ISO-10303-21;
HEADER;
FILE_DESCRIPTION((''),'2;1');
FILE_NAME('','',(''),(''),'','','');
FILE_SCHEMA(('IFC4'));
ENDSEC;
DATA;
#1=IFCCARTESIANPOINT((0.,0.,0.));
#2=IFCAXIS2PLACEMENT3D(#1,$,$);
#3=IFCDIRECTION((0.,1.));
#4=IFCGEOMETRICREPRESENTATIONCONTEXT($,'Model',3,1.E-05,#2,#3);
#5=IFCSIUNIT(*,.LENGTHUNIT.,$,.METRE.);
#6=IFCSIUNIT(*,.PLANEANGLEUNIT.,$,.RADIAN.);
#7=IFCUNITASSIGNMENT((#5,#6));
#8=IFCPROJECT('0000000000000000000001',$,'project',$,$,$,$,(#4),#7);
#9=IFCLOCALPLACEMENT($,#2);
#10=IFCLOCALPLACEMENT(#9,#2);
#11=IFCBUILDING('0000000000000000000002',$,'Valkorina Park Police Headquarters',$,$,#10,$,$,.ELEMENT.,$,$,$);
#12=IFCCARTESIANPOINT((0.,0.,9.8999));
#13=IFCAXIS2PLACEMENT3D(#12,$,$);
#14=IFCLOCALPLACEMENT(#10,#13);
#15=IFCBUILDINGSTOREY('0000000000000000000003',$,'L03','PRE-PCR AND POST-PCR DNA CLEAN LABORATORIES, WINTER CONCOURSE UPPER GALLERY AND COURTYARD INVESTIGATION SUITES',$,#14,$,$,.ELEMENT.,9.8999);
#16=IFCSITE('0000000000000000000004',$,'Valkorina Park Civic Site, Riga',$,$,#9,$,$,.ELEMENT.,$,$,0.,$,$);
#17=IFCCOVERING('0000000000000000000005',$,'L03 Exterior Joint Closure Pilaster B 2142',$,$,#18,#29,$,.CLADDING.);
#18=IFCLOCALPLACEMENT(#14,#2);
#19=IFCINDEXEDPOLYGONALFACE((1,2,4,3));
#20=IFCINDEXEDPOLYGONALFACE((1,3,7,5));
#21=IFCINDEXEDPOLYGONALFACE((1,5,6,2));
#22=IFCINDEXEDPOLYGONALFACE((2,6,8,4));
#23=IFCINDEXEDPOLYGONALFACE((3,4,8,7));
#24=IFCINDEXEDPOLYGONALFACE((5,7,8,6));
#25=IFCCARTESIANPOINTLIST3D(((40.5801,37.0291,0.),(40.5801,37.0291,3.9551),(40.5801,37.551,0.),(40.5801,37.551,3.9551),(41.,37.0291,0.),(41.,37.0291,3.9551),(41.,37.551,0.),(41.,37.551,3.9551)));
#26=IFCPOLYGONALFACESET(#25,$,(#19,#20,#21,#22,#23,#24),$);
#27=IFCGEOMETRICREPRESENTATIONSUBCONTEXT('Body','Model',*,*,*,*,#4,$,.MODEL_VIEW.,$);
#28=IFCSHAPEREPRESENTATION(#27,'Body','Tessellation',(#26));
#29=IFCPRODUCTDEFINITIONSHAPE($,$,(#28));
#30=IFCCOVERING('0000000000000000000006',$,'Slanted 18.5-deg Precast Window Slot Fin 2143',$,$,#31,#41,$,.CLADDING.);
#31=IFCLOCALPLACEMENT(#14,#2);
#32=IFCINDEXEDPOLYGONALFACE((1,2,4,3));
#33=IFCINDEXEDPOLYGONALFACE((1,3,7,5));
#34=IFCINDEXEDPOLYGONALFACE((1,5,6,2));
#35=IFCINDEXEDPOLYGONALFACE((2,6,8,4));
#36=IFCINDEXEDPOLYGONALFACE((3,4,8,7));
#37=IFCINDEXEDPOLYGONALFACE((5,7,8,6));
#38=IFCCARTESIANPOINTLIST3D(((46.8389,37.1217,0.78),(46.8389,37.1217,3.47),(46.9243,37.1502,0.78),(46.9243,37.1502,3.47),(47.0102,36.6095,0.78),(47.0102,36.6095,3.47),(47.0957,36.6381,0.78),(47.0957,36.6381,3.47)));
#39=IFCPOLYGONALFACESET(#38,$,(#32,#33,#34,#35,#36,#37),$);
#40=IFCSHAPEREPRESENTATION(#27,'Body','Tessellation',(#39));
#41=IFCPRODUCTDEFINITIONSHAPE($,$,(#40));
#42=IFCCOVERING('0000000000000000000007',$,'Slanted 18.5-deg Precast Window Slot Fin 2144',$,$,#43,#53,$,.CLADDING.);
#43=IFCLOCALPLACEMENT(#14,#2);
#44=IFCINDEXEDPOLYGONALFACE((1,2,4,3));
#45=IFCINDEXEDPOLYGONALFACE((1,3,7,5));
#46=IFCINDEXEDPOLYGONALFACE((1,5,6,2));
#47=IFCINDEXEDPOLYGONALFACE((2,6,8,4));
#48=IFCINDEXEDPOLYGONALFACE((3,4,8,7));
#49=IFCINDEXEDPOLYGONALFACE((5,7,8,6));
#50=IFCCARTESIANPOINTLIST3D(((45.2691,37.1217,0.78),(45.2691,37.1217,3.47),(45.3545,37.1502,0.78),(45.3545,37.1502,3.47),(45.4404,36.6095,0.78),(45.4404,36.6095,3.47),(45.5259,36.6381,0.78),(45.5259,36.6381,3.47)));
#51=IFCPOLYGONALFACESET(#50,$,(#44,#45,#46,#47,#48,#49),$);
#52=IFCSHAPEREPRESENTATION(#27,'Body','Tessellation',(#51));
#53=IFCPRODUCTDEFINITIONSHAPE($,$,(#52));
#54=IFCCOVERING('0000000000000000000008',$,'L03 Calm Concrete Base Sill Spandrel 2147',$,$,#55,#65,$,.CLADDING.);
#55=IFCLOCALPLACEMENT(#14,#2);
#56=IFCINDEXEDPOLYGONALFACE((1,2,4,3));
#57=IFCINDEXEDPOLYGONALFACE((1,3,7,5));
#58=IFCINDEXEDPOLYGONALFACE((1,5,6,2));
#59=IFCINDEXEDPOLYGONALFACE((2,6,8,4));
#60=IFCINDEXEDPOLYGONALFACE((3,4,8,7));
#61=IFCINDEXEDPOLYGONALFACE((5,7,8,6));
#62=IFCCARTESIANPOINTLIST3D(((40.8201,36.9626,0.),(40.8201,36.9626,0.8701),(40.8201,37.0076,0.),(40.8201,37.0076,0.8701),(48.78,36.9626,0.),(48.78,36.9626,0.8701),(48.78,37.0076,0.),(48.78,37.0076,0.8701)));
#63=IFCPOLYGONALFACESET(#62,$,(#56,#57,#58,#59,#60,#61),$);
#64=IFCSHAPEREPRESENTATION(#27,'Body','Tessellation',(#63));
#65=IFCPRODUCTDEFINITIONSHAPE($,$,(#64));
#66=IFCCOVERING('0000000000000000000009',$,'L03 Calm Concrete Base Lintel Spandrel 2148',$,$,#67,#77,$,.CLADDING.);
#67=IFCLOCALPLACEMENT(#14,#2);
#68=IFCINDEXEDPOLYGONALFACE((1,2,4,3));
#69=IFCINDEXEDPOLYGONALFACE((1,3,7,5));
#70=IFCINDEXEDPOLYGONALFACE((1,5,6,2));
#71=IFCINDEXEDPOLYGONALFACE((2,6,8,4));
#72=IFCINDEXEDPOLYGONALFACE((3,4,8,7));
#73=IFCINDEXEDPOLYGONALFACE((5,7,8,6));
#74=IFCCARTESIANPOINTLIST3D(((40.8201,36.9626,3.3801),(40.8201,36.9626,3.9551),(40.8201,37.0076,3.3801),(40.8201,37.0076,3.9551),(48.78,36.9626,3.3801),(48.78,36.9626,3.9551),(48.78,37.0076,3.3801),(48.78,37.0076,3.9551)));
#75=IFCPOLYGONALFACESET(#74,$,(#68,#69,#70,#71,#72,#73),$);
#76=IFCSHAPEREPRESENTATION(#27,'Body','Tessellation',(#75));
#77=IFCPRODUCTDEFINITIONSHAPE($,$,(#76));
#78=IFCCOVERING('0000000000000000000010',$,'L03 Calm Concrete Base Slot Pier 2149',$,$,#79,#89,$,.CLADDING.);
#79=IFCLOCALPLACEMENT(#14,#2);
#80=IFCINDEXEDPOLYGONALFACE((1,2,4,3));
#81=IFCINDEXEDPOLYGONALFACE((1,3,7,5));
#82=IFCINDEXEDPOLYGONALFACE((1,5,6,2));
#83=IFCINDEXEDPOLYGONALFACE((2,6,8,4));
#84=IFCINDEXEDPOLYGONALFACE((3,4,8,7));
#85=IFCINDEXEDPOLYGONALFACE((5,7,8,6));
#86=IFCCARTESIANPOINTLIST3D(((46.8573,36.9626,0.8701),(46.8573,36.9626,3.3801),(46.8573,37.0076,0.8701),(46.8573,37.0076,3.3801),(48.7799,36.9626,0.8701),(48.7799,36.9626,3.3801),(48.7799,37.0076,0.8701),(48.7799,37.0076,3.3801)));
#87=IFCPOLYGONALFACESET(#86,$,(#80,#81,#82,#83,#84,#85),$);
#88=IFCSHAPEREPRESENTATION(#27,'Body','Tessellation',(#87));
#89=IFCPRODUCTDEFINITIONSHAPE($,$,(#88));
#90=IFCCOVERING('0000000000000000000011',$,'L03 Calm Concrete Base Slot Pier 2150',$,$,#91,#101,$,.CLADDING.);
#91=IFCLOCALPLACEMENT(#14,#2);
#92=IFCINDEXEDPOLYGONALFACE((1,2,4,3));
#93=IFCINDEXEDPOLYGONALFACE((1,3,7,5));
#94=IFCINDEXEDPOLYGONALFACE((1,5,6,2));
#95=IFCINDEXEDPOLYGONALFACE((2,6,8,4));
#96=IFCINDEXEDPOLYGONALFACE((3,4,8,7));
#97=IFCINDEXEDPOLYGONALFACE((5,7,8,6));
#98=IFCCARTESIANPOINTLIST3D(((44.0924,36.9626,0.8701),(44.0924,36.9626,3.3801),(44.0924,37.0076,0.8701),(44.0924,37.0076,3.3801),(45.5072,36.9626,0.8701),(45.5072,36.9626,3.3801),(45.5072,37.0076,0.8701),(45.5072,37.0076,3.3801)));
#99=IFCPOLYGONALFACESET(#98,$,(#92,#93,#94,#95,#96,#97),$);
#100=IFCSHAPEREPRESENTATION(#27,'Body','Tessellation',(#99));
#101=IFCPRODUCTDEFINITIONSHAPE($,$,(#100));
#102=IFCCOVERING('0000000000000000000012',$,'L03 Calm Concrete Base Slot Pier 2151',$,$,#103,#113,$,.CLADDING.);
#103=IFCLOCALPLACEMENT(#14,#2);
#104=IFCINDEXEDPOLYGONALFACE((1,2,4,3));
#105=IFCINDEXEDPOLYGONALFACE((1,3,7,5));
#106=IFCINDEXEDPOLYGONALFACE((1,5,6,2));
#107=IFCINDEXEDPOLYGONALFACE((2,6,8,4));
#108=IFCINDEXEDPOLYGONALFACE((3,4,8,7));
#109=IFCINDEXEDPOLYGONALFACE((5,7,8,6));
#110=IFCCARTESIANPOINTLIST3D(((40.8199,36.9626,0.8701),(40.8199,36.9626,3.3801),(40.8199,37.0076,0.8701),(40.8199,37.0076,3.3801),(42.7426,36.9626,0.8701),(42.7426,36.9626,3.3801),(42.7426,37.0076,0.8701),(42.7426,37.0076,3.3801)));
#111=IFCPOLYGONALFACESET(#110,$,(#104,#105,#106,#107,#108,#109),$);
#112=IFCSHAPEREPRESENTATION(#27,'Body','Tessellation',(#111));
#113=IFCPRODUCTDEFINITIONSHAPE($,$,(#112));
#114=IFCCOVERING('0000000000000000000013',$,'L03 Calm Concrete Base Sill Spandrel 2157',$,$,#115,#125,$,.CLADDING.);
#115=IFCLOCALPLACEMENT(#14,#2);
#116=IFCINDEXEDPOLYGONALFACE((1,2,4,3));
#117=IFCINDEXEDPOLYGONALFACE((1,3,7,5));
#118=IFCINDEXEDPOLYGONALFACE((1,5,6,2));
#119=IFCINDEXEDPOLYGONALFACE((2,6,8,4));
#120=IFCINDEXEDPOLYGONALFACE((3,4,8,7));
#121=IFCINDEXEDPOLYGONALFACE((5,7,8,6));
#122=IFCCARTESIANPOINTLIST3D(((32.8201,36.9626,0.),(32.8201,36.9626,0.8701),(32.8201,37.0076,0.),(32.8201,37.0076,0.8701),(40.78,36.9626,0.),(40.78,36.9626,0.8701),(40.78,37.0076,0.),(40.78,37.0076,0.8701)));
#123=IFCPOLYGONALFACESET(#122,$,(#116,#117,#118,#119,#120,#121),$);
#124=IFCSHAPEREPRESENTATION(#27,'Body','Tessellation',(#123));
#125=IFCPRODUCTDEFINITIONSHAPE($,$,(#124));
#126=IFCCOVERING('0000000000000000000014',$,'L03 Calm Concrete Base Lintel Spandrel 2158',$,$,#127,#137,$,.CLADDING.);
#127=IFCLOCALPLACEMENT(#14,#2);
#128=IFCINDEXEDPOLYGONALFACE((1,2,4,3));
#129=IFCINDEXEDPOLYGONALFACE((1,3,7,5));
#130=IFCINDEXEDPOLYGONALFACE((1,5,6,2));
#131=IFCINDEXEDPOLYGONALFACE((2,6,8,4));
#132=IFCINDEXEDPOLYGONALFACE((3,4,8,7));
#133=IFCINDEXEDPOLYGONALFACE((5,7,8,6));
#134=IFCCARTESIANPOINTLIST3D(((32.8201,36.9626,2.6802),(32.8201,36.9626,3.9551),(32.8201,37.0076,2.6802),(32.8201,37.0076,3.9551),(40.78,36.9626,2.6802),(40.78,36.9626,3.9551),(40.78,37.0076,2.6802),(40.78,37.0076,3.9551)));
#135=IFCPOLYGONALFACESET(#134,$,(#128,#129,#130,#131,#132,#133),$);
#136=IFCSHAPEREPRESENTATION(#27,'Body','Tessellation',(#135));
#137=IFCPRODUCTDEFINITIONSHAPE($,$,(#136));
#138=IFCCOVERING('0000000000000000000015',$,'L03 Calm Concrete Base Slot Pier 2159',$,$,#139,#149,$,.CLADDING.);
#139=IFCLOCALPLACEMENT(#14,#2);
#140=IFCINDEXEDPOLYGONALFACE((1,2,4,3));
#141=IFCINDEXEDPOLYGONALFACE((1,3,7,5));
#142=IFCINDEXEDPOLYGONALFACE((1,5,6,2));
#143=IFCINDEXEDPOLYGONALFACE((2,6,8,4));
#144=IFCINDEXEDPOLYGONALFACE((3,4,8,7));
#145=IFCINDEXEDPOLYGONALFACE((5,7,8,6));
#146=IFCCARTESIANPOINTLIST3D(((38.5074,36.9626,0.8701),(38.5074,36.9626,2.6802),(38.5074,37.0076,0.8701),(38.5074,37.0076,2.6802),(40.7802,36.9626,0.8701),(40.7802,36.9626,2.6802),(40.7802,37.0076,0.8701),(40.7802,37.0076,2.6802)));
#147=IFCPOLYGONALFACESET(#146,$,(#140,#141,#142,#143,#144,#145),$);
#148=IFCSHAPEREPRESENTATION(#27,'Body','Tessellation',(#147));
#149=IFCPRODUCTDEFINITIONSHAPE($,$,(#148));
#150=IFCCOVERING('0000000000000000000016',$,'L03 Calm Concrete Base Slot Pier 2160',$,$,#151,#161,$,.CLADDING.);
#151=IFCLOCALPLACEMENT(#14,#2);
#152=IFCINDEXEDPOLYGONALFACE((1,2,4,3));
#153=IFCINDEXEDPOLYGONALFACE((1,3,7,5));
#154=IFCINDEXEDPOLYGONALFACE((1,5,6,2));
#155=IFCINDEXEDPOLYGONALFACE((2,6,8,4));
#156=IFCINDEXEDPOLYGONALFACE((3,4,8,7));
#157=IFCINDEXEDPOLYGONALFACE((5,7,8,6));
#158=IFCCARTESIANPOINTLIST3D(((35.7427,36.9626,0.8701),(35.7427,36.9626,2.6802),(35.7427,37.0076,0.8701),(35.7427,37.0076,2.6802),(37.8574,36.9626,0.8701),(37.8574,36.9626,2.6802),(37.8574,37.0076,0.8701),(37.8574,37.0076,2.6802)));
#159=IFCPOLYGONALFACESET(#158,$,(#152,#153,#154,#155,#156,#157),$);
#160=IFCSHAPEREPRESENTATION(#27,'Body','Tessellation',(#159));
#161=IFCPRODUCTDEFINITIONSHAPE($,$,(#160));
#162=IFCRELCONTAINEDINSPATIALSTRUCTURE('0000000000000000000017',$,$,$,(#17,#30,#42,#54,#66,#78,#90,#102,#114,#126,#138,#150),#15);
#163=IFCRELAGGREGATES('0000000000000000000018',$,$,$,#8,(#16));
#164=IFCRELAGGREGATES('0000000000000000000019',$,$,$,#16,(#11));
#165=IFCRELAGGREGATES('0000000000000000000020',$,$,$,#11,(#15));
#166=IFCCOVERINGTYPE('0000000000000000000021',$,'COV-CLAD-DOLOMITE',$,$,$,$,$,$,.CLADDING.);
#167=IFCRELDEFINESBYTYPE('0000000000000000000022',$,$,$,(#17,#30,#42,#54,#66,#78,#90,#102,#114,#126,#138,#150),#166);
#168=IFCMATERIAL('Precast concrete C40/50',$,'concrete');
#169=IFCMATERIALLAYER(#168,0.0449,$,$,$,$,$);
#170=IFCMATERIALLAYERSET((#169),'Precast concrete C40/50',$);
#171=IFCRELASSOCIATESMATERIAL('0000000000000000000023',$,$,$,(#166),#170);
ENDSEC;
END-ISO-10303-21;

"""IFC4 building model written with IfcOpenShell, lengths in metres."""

from ifc_helpers import new_model, si_unit, direction, frame, frame_2d, origin, origin_2d, place, context, subcontext, project, spatial, rectangle, extrude, material, layer, layer_set, type_object, element, save


model = new_model("IFC4")

# Units and contexts
model_context = context("Model", 3, precision=1e-05, world=origin(), true_north=direction((0.0, 1.0)))
body_context = subcontext(model_context, "Body", "Model", "MODEL_VIEW")
ifc_project = project(units=[si_unit("LENGTHUNIT", "METRE"), si_unit("PLANEANGLEUNIT", "RADIAN")], contexts=[model_context])

# Site, building, storey
site_placement = place(None, origin())
site = spatial("IfcSite", under=ifc_project, at=site_placement, Name="Valkorina Park Civic Site, Riga", CompositionType="ELEMENT", RefElevation=0.0)
building_placement = place(site_placement, origin())
building = spatial("IfcBuilding", under=site, at=building_placement, Name="Valkorina Park Police Headquarters", CompositionType="ELEMENT")
storey_placement = place(building_placement, frame((0.0, 0.0, 9.8999)))
storey = spatial("IfcBuildingStorey", under=building, at=storey_placement, Name="L03", Description="PRE-PCR AND POST-PCR DNA CLEAN LABORATORIES, WINTER CONCOURSE UPPER GALLERY AND COURTYARD INVESTIGATION SUITES", CompositionType="ELEMENT", Elevation=9.8999)

# Coverings
ifc_material_1 = material(Name="Precast concrete C40/50", Category="concrete")
ifc_layer_1 = layer(ifc_material_1, 0.0449)
ifc_layer_set_1 = layer_set([ifc_layer_1], Name="Precast concrete C40/50")
covering_type = type_object("IfcCoveringType", Name="COV-CLAD-DOLOMITE", PredefinedType="CLADDING", material=ifc_layer_set_1)
covering_1_placement = place(storey_placement, frame((40.79, 37.29, 0.0), z_axis=(0.0, 0.0, 1.0), x_axis=(1.0, 0.0, 0.0)))
element("IfcCovering", 1, at=covering_1_placement, inside=storey, type_object=covering_type, Name="L03 Exterior Joint Closure Pilaster B 2142", PredefinedType="CLADDING", context=body_context, shape_type="SweptSolid", body=[
    extrude(rectangle(XDim=0.4199, YDim=0.522, at=origin_2d()), origin(), (0.0, 0.0, 1.0), 3.9551),
])
for number, where, z_axis, x_axis, name in (
    (2, (46.9673, 36.8799, 0.78), (0.0, 0.0, 1.0), (0.317305, -0.948324, 0.0), "Slanted 18.5-deg Precast Window Slot Fin 2143"),
    (3, (45.3975, 36.8799, 0.78), (0.0, 0.0, 1.0), (0.317305, -0.948324, 0.0), "Slanted 18.5-deg Precast Window Slot Fin 2144"),
):
    element("IfcCovering", number, at=place(storey_placement, frame(where, z_axis=z_axis, x_axis=x_axis)), inside=storey, type_object=covering_type, Name=name, PredefinedType="CLADDING", context=body_context, shape_type="SweptSolid", body=[
        extrude(rectangle(XDim=0.54, YDim=0.0901, at=origin_2d()), origin(), (0.0, 0.0, 1.0), 2.6899),
    ])
covering_2_placement = place(storey_placement, frame((48.78, 36.9851, 0.0), z_axis=(0.0, 0.0, 1.0), x_axis=(-1.0, 0.0, 0.0)))
element("IfcCovering", 4, at=covering_2_placement, inside=storey, type_object=covering_type, Name="L03 Calm Concrete Base Sill Spandrel 2147", PredefinedType="CLADDING", context=body_context, shape_type="SweptSolid", body=[
    extrude(rectangle(XDim=7.96, YDim=0.0449, at=frame_2d((3.98, 0.0))), origin(), (0.0, 0.0, 1.0), 0.8701),
])
covering_3_placement = place(storey_placement, frame((48.78, 36.9851, 3.3801), z_axis=(0.0, 0.0, 1.0), x_axis=(-1.0, 0.0, 0.0)))
element("IfcCovering", 5, at=covering_3_placement, inside=storey, type_object=covering_type, Name="L03 Calm Concrete Base Lintel Spandrel 2148", PredefinedType="CLADDING", context=body_context, shape_type="SweptSolid", body=[
    extrude(rectangle(XDim=7.96, YDim=0.0449, at=frame_2d((3.98, 0.0))), origin(), (0.0, 0.0, 1.0), 0.575),
])
covering_4_placement = place(storey_placement, frame((48.78, 36.9851, 0.8701), z_axis=(0.0, 0.0, 1.0), x_axis=(-1.0, 0.0, 0.0)))
element("IfcCovering", 6, at=covering_4_placement, inside=storey, type_object=covering_type, Name="L03 Calm Concrete Base Slot Pier 2149", PredefinedType="CLADDING", context=body_context, shape_type="SweptSolid", body=[
    extrude(rectangle(XDim=1.9226, YDim=0.0449, at=frame_2d((0.9614, 0.0))), origin(), (0.0, 0.0, 1.0), 2.51),
])
covering_5_placement = place(storey_placement, frame((45.5073, 36.9851, 0.8701), z_axis=(0.0, 0.0, 1.0), x_axis=(-1.0, 0.0, 0.0)))
element("IfcCovering", 7, at=covering_5_placement, inside=storey, type_object=covering_type, Name="L03 Calm Concrete Base Slot Pier 2150", PredefinedType="CLADDING", context=body_context, shape_type="SweptSolid", body=[
    extrude(rectangle(XDim=1.4148, YDim=0.0449, at=frame_2d((0.7075, 0.0))), origin(), (0.0, 0.0, 1.0), 2.51),
])
covering_6_placement = place(storey_placement, frame((42.7427, 36.9851, 0.8701), z_axis=(0.0, 0.0, 1.0), x_axis=(-1.0, 0.0, 0.0)))
element("IfcCovering", 8, at=covering_6_placement, inside=storey, type_object=covering_type, Name="L03 Calm Concrete Base Slot Pier 2151", PredefinedType="CLADDING", context=body_context, shape_type="SweptSolid", body=[
    extrude(rectangle(XDim=1.9226, YDim=0.0449, at=frame_2d((0.9614, 0.0))), origin(), (0.0, 0.0, 1.0), 2.51),
])
covering_7_placement = place(storey_placement, frame((40.78, 36.9851, 0.0), z_axis=(0.0, 0.0, 1.0), x_axis=(-1.0, 0.0, 0.0)))
element("IfcCovering", 9, at=covering_7_placement, inside=storey, type_object=covering_type, Name="L03 Calm Concrete Base Sill Spandrel 2157", PredefinedType="CLADDING", context=body_context, shape_type="SweptSolid", body=[
    extrude(rectangle(XDim=7.96, YDim=0.0449, at=frame_2d((3.98, 0.0))), origin(), (0.0, 0.0, 1.0), 0.8701),
])
covering_8_placement = place(storey_placement, frame((40.78, 36.9851, 2.6802), z_axis=(0.0, 0.0, 1.0), x_axis=(-1.0, 0.0, 0.0)))
element("IfcCovering", 10, at=covering_8_placement, inside=storey, type_object=covering_type, Name="L03 Calm Concrete Base Lintel Spandrel 2158", PredefinedType="CLADDING", context=body_context, shape_type="SweptSolid", body=[
    extrude(rectangle(XDim=7.96, YDim=0.0449, at=frame_2d((3.98, 0.0))), origin(), (0.0, 0.0, 1.0), 1.2749),
])
covering_9_placement = place(storey_placement, frame((40.78, 36.9851, 0.8701), z_axis=(0.0, 0.0, 1.0), x_axis=(-1.0, 0.0, 0.0)))
element("IfcCovering", 11, at=covering_9_placement, inside=storey, type_object=covering_type, Name="L03 Calm Concrete Base Slot Pier 2159", PredefinedType="CLADDING", context=body_context, shape_type="SweptSolid", body=[
    extrude(rectangle(XDim=2.2727, YDim=0.0449, at=frame_2d((1.1362, 0.0))), origin(), (0.0, 0.0, 1.0), 1.8101),
])
covering_10_placement = place(storey_placement, frame((37.8574, 36.9851, 0.8701), z_axis=(0.0, 0.0, 1.0), x_axis=(-1.0, 0.0, 0.0)))
element("IfcCovering", 12, at=covering_10_placement, inside=storey, type_object=covering_type, Name="L03 Calm Concrete Base Slot Pier 2160", PredefinedType="CLADDING", context=body_context, shape_type="SweptSolid", body=[
    extrude(rectangle(XDim=2.1147, YDim=0.0449, at=frame_2d((1.0574, 0.0))), origin(), (0.0, 0.0, 1.0), 1.8101),
])

save(model, "model.ifc")
